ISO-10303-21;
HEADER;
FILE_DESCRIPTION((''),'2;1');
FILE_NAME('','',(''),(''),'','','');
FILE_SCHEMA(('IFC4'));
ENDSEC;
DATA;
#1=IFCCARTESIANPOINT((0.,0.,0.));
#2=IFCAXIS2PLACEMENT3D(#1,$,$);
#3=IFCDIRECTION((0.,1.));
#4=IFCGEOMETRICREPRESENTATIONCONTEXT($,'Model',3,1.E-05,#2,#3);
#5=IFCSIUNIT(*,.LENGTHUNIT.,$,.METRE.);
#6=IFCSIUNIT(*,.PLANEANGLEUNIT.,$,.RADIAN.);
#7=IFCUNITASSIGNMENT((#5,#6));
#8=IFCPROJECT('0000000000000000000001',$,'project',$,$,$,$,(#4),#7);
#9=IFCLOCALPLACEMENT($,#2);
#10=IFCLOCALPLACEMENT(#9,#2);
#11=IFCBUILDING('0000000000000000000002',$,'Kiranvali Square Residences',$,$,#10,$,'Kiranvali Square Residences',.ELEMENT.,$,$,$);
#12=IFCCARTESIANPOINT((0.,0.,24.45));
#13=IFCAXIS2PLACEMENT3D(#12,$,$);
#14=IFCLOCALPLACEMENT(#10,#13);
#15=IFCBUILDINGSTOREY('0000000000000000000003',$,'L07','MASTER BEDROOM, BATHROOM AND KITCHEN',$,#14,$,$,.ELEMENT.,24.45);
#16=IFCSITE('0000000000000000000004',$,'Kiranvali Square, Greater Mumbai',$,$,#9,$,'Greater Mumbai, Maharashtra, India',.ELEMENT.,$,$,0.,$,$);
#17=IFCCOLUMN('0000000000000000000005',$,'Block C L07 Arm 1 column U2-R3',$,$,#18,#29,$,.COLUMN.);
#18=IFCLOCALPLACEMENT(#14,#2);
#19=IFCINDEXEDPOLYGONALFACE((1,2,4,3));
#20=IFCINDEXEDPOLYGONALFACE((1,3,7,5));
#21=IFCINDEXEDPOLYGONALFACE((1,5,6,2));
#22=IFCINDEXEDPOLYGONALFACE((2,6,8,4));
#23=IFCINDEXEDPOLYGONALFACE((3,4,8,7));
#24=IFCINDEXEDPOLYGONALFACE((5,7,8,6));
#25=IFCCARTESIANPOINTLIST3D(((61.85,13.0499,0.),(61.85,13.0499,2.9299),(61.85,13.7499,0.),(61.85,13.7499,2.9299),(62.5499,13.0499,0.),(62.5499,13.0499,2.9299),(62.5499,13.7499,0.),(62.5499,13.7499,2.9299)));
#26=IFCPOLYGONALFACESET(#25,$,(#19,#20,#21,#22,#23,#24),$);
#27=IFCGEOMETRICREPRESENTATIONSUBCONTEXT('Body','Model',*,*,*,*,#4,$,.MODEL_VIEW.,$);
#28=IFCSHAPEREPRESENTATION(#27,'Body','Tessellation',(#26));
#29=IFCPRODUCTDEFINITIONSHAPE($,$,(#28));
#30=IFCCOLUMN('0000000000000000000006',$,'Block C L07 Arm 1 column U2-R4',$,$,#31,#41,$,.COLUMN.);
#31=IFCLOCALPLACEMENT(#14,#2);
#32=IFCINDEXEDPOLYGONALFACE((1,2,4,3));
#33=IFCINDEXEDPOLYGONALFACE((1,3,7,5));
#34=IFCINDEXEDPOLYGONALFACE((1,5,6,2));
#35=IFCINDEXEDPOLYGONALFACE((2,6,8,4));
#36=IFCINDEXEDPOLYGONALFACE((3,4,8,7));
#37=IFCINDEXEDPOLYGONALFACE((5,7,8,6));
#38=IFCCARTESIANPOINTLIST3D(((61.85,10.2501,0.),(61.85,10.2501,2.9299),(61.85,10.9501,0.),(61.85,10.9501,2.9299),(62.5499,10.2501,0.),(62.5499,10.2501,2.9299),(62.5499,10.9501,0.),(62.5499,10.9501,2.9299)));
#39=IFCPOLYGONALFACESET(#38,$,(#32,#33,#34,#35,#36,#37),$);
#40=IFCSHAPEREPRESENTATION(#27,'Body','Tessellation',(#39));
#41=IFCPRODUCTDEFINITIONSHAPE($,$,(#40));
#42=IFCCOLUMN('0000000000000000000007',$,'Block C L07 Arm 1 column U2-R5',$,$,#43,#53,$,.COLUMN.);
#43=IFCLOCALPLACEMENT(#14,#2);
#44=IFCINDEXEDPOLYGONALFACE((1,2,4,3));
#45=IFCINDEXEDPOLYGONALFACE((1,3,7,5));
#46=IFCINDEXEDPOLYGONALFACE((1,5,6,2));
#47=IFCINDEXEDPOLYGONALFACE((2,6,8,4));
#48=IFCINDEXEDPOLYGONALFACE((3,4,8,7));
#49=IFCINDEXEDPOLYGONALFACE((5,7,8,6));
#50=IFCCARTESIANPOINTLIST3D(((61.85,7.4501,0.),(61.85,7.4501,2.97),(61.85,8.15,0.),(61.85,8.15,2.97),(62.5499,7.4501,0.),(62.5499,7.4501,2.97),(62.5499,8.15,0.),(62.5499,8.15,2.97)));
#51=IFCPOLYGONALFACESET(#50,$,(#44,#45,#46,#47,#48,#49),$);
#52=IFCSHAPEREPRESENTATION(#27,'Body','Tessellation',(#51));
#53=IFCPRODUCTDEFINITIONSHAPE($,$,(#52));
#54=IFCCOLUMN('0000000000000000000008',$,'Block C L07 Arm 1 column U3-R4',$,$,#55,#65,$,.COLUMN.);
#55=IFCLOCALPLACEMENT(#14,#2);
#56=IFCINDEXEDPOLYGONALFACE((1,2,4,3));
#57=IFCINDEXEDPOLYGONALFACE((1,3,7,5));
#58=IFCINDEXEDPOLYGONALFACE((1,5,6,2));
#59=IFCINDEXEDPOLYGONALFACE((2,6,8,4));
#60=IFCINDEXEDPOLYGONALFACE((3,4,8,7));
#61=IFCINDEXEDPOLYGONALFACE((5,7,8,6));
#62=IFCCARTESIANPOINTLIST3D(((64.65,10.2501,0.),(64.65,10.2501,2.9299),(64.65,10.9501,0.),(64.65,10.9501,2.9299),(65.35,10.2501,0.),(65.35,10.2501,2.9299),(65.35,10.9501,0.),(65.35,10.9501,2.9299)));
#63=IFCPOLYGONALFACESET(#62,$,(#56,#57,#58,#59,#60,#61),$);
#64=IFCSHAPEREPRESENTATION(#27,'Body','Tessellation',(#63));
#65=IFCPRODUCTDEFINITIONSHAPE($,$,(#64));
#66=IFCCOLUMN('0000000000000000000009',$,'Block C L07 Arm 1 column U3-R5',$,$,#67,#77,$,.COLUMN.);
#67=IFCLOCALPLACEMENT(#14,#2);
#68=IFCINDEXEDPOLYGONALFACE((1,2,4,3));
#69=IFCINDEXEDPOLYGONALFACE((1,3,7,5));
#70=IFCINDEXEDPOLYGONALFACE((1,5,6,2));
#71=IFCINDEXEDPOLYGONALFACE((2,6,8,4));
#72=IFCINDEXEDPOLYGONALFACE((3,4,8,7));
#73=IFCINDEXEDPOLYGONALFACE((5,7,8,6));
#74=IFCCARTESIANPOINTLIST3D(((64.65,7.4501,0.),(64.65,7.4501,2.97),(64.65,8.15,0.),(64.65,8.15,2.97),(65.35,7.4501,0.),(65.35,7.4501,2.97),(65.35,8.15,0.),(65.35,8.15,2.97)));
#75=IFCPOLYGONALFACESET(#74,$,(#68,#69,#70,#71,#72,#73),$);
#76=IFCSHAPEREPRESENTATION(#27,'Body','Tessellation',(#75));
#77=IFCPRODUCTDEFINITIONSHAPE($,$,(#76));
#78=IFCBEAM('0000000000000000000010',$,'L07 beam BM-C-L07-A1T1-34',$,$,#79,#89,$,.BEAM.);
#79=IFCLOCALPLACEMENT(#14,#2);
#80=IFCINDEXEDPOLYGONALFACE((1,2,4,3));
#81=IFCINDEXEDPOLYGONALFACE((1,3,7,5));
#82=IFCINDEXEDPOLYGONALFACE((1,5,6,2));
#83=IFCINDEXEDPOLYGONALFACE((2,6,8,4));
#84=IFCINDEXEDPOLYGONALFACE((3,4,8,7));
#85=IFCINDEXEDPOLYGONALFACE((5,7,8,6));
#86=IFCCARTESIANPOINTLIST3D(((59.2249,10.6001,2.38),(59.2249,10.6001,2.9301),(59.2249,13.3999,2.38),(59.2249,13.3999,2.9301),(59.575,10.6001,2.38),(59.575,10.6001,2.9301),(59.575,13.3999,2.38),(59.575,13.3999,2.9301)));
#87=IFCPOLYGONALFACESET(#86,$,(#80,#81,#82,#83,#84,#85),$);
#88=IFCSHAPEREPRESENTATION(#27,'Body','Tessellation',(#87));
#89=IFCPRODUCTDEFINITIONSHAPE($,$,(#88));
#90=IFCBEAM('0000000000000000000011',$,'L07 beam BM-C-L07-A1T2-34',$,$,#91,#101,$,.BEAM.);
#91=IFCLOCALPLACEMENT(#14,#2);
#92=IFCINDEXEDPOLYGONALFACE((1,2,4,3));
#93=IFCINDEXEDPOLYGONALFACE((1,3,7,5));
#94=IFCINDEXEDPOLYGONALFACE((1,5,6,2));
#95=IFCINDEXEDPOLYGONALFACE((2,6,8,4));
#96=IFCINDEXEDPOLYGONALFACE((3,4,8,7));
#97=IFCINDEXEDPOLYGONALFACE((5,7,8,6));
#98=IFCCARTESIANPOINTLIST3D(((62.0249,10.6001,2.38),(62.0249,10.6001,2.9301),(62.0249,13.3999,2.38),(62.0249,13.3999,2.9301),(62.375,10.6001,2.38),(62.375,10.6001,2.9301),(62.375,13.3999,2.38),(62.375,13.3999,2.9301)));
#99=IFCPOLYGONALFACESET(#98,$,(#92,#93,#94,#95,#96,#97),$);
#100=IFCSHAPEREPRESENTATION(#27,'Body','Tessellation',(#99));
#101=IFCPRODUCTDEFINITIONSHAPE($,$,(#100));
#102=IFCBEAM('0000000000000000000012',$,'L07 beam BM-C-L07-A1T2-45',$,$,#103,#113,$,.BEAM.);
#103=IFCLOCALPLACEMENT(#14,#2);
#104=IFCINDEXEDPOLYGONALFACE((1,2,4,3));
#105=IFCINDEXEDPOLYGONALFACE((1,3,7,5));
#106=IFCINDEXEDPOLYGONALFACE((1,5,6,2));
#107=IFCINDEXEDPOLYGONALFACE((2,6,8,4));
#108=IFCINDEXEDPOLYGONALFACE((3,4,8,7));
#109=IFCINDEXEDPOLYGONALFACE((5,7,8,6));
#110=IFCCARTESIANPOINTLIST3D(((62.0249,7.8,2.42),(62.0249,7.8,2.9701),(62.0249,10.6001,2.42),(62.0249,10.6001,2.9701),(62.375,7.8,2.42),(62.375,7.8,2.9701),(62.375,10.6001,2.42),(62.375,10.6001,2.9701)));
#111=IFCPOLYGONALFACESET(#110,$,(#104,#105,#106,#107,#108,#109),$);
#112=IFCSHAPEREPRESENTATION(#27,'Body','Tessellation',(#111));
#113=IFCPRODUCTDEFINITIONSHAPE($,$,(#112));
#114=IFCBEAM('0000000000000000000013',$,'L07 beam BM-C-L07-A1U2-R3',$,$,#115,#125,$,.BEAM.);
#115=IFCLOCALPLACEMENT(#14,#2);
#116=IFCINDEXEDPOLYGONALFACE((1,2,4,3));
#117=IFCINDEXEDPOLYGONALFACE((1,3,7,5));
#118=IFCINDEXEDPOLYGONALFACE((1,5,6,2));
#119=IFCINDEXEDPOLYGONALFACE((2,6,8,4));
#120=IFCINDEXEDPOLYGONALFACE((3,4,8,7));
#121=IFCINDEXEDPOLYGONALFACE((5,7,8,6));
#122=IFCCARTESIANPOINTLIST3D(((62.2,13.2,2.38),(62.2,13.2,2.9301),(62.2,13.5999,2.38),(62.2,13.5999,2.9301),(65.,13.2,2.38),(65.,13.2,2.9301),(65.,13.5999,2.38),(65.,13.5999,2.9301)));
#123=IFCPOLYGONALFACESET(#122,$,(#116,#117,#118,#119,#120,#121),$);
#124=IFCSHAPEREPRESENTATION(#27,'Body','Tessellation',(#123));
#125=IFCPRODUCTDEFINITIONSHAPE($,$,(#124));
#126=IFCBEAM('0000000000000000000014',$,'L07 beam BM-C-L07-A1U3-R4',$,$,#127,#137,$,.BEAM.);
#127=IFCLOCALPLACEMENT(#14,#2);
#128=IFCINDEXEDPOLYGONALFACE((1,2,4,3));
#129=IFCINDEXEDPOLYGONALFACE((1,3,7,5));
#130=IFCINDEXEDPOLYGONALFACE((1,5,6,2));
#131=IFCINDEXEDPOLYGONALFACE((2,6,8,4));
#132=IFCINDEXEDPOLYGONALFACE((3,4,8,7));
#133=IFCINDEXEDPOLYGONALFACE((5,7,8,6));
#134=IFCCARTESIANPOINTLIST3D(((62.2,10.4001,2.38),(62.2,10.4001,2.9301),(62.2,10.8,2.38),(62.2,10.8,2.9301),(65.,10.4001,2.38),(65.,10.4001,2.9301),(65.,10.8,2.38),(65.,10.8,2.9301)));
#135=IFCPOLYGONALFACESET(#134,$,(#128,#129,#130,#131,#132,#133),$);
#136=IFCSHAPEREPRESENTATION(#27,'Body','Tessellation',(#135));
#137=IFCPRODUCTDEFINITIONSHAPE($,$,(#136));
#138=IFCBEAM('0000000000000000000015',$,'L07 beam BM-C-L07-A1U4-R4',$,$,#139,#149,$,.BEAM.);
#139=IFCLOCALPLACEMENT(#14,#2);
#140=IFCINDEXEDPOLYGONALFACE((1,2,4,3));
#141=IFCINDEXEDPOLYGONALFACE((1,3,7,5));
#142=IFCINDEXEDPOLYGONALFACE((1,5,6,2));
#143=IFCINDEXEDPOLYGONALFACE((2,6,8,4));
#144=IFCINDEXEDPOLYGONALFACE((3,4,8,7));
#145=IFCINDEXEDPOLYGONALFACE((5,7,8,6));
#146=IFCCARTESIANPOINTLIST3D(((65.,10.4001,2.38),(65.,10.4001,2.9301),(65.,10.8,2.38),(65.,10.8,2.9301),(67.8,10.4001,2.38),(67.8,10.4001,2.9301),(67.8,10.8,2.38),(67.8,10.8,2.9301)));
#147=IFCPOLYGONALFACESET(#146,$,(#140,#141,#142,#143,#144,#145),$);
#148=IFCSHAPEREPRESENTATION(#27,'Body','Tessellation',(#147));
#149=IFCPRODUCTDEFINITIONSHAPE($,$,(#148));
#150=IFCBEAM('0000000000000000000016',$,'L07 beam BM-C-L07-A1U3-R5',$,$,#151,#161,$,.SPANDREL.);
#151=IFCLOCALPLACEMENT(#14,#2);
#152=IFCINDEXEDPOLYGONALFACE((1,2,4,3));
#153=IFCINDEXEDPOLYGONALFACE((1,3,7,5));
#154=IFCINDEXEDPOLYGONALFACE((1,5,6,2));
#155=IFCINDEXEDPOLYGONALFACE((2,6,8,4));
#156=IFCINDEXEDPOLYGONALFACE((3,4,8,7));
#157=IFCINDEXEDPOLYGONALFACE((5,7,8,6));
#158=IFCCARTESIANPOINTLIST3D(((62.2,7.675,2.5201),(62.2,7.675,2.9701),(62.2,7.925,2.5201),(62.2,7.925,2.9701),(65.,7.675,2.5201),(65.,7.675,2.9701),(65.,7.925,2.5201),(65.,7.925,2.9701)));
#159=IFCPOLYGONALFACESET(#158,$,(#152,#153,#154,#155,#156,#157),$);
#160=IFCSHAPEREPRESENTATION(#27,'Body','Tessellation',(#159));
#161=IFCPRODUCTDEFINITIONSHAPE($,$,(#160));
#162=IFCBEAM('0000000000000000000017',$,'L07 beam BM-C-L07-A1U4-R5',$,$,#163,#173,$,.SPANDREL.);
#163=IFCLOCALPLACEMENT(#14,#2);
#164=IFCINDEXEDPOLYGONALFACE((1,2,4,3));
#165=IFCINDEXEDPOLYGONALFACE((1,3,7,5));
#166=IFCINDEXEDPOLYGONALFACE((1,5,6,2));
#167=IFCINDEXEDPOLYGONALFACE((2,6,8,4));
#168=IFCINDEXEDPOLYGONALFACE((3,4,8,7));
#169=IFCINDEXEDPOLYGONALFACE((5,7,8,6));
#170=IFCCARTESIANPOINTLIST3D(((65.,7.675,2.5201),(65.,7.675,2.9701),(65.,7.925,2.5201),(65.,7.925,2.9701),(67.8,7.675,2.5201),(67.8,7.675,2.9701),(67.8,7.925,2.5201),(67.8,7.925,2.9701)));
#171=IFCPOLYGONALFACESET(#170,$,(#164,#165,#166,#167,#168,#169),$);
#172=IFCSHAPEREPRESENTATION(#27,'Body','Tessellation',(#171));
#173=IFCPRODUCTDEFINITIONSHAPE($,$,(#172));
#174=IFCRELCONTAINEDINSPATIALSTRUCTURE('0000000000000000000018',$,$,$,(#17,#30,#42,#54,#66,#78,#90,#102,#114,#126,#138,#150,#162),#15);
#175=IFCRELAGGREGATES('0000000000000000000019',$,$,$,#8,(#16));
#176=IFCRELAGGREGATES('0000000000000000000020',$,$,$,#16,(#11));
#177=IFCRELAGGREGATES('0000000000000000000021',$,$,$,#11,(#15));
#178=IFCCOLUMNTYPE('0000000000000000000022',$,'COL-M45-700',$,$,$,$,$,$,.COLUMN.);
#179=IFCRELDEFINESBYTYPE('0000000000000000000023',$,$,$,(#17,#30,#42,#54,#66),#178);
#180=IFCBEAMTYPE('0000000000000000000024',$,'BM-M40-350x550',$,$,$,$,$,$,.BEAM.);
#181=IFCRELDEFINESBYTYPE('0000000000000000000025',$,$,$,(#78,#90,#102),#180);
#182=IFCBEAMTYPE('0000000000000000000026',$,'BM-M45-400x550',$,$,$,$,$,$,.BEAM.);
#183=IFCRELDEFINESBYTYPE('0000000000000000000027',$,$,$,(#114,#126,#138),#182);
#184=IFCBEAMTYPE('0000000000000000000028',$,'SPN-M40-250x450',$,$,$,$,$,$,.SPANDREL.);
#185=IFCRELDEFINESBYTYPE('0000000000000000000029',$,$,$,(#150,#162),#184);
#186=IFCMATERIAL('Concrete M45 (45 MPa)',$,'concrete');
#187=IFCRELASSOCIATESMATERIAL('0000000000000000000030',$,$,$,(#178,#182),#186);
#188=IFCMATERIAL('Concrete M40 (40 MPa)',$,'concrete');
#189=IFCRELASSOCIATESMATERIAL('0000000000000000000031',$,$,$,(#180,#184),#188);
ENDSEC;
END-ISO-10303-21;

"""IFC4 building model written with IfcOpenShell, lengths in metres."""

from ifc_helpers import new_model, si_unit, direction, frame, origin, origin_2d, place, context, subcontext, project, spatial, rectangle, extrude, material, material_profile, profile_set, type_object, element, save


model = new_model("IFC4")

# Units and contexts
model_context = context("Model", 3, precision=1e-05, world=origin(), true_north=direction((0.0, 1.0)))
body_context = subcontext(model_context, "Body", "Model", "MODEL_VIEW")
ifc_project = project(units=[si_unit("LENGTHUNIT", "METRE"), si_unit("PLANEANGLEUNIT", "RADIAN")], contexts=[model_context])

# Site, building, storey
site_placement = place(None, origin())
site = spatial("IfcSite", under=ifc_project, at=site_placement, Name="Kiranvali Square, Greater Mumbai", LongName="Greater Mumbai, Maharashtra, India", CompositionType="ELEMENT", RefElevation=0.0)
building_placement = place(site_placement, origin())
building = spatial("IfcBuilding", under=site, at=building_placement, Name="Kiranvali Square Residences", LongName="Kiranvali Square Residences", CompositionType="ELEMENT")
storey_placement = place(building_placement, frame((0.0, 0.0, 24.45)))
storey = spatial("IfcBuildingStorey", under=building, at=storey_placement, Name="L07", Description="MASTER BEDROOM, BATHROOM AND KITCHEN", CompositionType="ELEMENT", Elevation=24.45)

# Columns
ifc_material_1 = material(Name="Concrete M45 (45 MPa)", Category="concrete")
ifc_material_profile_1 = material_profile(ifc_material_1, rectangle(XDim=0.7, YDim=0.7, at=origin_2d()), Name="RC 700x700")
ifc_profile_set_1 = profile_set([ifc_material_profile_1], Name="Concrete M45 (45 MPa)")
column_type = type_object("IfcColumnType", Name="COL-M45-700", PredefinedType="COLUMN", material=ifc_profile_set_1)
for number, where, z_axis, x_axis, name in (
    (1, (62.2, 13.3999, 0.0), (0.0, 0.0, 1.0), (1.0, 0.0, 0.0), "Block C L07 Arm 1 column U2-R3"),
    (2, (62.2, 10.6001, 0.0), (0.0, 0.0, 1.0), (1.0, 0.0, 0.0), "Block C L07 Arm 1 column U2-R4"),
):
    element("IfcColumn", number, at=place(storey_placement, frame(where, z_axis=z_axis, x_axis=x_axis)), inside=storey, type_object=column_type, Name=name, PredefinedType="COLUMN", context=body_context, shape_type="SweptSolid", body=[
        extrude(rectangle(XDim=0.7, YDim=0.7, at=origin_2d()), origin(), (0.0, 0.0, 1.0), 2.9299),
    ])
column_1_placement = place(storey_placement, frame((62.2, 7.8, 0.0), z_axis=(0.0, 0.0, 1.0), x_axis=(1.0, 0.0, 0.0)))
element("IfcColumn", 3, at=column_1_placement, inside=storey, type_object=column_type, Name="Block C L07 Arm 1 column U2-R5", PredefinedType="COLUMN", context=body_context, shape_type="SweptSolid", body=[
    extrude(rectangle(XDim=0.7, YDim=0.7, at=origin_2d()), origin(), (0.0, 0.0, 1.0), 2.97),
])
column_2_placement = place(storey_placement, frame((65.0, 10.6001, 0.0), z_axis=(0.0, 0.0, 1.0), x_axis=(1.0, 0.0, 0.0)))
element("IfcColumn", 4, at=column_2_placement, inside=storey, type_object=column_type, Name="Block C L07 Arm 1 column U3-R4", PredefinedType="COLUMN", context=body_context, shape_type="SweptSolid", body=[
    extrude(rectangle(XDim=0.7, YDim=0.7, at=origin_2d()), origin(), (0.0, 0.0, 1.0), 2.9299),
])
column_3_placement = place(storey_placement, frame((65.0, 7.8, 0.0), z_axis=(0.0, 0.0, 1.0), x_axis=(1.0, 0.0, 0.0)))
element("IfcColumn", 5, at=column_3_placement, inside=storey, type_object=column_type, Name="Block C L07 Arm 1 column U3-R5", PredefinedType="COLUMN", context=body_context, shape_type="SweptSolid", body=[
    extrude(rectangle(XDim=0.7, YDim=0.7, at=origin_2d()), origin(), (0.0, 0.0, 1.0), 2.97),
])

# Beams
ifc_material_2 = material(Name="Concrete M40 (40 MPa)", Category="concrete")
ifc_material_profile_2 = material_profile(ifc_material_2, rectangle(XDim=0.3501, YDim=0.55, at=origin_2d()), Name="RC 350x550")
ifc_profile_set_2 = profile_set([ifc_material_profile_2], Name="Concrete M40 (40 MPa)")
beam_type_1 = type_object("IfcBeamType", Name="BM-M40-350x550", PredefinedType="BEAM", material=ifc_profile_set_2)
for number, where, z_axis, x_axis, name in (
    (6, (59.3999, 13.3999, 2.655), (0.0, -1.0, 0.0), (1.0, 0.0, 0.0), "L07 beam BM-C-L07-A1T1-34"),
    (7, (62.2, 13.3999, 2.655), (0.0, -1.0, 0.0), (1.0, 0.0, 0.0), "L07 beam BM-C-L07-A1T2-34"),
):
    element("IfcBeam", number, at=place(storey_placement, frame(where, z_axis=z_axis, x_axis=x_axis)), inside=storey, type_object=beam_type_1, Name=name, PredefinedType="BEAM", context=body_context, shape_type="SweptSolid", body=[
        extrude(rectangle(XDim=0.3501, YDim=0.55, at=origin_2d()), origin(), (0.0, 0.0, 1.0), 2.7998),
    ])
beam_placement = place(storey_placement, frame((62.2, 10.6001, 2.6951), z_axis=(0.0, -1.0, 0.0), x_axis=(1.0, 0.0, 0.0)))
element("IfcBeam", 8, at=beam_placement, inside=storey, type_object=beam_type_1, Name="L07 beam BM-C-L07-A1T2-45", PredefinedType="BEAM", context=body_context, shape_type="SweptSolid", body=[
    extrude(rectangle(XDim=0.3501, YDim=0.55, at=origin_2d()), origin(), (0.0, 0.0, 1.0), 2.8),
])
ifc_material_profile_3 = material_profile(ifc_material_1, rectangle(XDim=0.3999, YDim=0.55, at=origin_2d()), Name="RC 400x550")
ifc_profile_set_3 = profile_set([ifc_material_profile_3], Name="Concrete M45 (45 MPa)")
beam_type_2 = type_object("IfcBeamType", Name="BM-M45-400x550", PredefinedType="BEAM", material=ifc_profile_set_3)
for number, where, z_axis, x_axis, name in (
    (9, (62.2, 13.3999, 2.655), (1.0, 0.0, 0.0), (0.0, 1.0, 0.0), "L07 beam BM-C-L07-A1U2-R3"),
    (10, (62.2, 10.6001, 2.655), (1.0, 0.0, 0.0), (0.0, 1.0, 0.0), "L07 beam BM-C-L07-A1U3-R4"),
    (11, (65.0, 10.6001, 2.655), (1.0, 0.0, 0.0), (0.0, 1.0, 0.0), "L07 beam BM-C-L07-A1U4-R4"),
):
    element("IfcBeam", number, at=place(storey_placement, frame(where, z_axis=z_axis, x_axis=x_axis)), inside=storey, type_object=beam_type_2, Name=name, PredefinedType="BEAM", context=body_context, shape_type="SweptSolid", body=[
        extrude(rectangle(XDim=0.3999, YDim=0.55, at=origin_2d()), origin(), (0.0, 0.0, 1.0), 2.8),
    ])
ifc_material_profile_4 = material_profile(ifc_material_2, rectangle(XDim=0.25, YDim=0.45, at=origin_2d()), Name="RC 250x450")
ifc_profile_set_4 = profile_set([ifc_material_profile_4], Name="Concrete M40 (40 MPa)")
beam_type_3 = type_object("IfcBeamType", Name="SPN-M40-250x450", PredefinedType="SPANDREL", material=ifc_profile_set_4)
for number, where, z_axis, x_axis, name in (
    (12, (62.2, 7.8, 2.7451), (1.0, 0.0, 0.0), (0.0, 1.0, 0.0), "L07 beam BM-C-L07-A1U3-R5"),
    (13, (65.0, 7.8, 2.7451), (1.0, 0.0, 0.0), (0.0, 1.0, 0.0), "L07 beam BM-C-L07-A1U4-R5"),
):
    element("IfcBeam", number, at=place(storey_placement, frame(where, z_axis=z_axis, x_axis=x_axis)), inside=storey, type_object=beam_type_3, Name=name, PredefinedType="SPANDREL", context=body_context, shape_type="SweptSolid", body=[
        extrude(rectangle(XDim=0.25, YDim=0.45, at=origin_2d()), origin(), (0.0, 0.0, 1.0), 2.8),
    ])

save(model, "model.ifc")
